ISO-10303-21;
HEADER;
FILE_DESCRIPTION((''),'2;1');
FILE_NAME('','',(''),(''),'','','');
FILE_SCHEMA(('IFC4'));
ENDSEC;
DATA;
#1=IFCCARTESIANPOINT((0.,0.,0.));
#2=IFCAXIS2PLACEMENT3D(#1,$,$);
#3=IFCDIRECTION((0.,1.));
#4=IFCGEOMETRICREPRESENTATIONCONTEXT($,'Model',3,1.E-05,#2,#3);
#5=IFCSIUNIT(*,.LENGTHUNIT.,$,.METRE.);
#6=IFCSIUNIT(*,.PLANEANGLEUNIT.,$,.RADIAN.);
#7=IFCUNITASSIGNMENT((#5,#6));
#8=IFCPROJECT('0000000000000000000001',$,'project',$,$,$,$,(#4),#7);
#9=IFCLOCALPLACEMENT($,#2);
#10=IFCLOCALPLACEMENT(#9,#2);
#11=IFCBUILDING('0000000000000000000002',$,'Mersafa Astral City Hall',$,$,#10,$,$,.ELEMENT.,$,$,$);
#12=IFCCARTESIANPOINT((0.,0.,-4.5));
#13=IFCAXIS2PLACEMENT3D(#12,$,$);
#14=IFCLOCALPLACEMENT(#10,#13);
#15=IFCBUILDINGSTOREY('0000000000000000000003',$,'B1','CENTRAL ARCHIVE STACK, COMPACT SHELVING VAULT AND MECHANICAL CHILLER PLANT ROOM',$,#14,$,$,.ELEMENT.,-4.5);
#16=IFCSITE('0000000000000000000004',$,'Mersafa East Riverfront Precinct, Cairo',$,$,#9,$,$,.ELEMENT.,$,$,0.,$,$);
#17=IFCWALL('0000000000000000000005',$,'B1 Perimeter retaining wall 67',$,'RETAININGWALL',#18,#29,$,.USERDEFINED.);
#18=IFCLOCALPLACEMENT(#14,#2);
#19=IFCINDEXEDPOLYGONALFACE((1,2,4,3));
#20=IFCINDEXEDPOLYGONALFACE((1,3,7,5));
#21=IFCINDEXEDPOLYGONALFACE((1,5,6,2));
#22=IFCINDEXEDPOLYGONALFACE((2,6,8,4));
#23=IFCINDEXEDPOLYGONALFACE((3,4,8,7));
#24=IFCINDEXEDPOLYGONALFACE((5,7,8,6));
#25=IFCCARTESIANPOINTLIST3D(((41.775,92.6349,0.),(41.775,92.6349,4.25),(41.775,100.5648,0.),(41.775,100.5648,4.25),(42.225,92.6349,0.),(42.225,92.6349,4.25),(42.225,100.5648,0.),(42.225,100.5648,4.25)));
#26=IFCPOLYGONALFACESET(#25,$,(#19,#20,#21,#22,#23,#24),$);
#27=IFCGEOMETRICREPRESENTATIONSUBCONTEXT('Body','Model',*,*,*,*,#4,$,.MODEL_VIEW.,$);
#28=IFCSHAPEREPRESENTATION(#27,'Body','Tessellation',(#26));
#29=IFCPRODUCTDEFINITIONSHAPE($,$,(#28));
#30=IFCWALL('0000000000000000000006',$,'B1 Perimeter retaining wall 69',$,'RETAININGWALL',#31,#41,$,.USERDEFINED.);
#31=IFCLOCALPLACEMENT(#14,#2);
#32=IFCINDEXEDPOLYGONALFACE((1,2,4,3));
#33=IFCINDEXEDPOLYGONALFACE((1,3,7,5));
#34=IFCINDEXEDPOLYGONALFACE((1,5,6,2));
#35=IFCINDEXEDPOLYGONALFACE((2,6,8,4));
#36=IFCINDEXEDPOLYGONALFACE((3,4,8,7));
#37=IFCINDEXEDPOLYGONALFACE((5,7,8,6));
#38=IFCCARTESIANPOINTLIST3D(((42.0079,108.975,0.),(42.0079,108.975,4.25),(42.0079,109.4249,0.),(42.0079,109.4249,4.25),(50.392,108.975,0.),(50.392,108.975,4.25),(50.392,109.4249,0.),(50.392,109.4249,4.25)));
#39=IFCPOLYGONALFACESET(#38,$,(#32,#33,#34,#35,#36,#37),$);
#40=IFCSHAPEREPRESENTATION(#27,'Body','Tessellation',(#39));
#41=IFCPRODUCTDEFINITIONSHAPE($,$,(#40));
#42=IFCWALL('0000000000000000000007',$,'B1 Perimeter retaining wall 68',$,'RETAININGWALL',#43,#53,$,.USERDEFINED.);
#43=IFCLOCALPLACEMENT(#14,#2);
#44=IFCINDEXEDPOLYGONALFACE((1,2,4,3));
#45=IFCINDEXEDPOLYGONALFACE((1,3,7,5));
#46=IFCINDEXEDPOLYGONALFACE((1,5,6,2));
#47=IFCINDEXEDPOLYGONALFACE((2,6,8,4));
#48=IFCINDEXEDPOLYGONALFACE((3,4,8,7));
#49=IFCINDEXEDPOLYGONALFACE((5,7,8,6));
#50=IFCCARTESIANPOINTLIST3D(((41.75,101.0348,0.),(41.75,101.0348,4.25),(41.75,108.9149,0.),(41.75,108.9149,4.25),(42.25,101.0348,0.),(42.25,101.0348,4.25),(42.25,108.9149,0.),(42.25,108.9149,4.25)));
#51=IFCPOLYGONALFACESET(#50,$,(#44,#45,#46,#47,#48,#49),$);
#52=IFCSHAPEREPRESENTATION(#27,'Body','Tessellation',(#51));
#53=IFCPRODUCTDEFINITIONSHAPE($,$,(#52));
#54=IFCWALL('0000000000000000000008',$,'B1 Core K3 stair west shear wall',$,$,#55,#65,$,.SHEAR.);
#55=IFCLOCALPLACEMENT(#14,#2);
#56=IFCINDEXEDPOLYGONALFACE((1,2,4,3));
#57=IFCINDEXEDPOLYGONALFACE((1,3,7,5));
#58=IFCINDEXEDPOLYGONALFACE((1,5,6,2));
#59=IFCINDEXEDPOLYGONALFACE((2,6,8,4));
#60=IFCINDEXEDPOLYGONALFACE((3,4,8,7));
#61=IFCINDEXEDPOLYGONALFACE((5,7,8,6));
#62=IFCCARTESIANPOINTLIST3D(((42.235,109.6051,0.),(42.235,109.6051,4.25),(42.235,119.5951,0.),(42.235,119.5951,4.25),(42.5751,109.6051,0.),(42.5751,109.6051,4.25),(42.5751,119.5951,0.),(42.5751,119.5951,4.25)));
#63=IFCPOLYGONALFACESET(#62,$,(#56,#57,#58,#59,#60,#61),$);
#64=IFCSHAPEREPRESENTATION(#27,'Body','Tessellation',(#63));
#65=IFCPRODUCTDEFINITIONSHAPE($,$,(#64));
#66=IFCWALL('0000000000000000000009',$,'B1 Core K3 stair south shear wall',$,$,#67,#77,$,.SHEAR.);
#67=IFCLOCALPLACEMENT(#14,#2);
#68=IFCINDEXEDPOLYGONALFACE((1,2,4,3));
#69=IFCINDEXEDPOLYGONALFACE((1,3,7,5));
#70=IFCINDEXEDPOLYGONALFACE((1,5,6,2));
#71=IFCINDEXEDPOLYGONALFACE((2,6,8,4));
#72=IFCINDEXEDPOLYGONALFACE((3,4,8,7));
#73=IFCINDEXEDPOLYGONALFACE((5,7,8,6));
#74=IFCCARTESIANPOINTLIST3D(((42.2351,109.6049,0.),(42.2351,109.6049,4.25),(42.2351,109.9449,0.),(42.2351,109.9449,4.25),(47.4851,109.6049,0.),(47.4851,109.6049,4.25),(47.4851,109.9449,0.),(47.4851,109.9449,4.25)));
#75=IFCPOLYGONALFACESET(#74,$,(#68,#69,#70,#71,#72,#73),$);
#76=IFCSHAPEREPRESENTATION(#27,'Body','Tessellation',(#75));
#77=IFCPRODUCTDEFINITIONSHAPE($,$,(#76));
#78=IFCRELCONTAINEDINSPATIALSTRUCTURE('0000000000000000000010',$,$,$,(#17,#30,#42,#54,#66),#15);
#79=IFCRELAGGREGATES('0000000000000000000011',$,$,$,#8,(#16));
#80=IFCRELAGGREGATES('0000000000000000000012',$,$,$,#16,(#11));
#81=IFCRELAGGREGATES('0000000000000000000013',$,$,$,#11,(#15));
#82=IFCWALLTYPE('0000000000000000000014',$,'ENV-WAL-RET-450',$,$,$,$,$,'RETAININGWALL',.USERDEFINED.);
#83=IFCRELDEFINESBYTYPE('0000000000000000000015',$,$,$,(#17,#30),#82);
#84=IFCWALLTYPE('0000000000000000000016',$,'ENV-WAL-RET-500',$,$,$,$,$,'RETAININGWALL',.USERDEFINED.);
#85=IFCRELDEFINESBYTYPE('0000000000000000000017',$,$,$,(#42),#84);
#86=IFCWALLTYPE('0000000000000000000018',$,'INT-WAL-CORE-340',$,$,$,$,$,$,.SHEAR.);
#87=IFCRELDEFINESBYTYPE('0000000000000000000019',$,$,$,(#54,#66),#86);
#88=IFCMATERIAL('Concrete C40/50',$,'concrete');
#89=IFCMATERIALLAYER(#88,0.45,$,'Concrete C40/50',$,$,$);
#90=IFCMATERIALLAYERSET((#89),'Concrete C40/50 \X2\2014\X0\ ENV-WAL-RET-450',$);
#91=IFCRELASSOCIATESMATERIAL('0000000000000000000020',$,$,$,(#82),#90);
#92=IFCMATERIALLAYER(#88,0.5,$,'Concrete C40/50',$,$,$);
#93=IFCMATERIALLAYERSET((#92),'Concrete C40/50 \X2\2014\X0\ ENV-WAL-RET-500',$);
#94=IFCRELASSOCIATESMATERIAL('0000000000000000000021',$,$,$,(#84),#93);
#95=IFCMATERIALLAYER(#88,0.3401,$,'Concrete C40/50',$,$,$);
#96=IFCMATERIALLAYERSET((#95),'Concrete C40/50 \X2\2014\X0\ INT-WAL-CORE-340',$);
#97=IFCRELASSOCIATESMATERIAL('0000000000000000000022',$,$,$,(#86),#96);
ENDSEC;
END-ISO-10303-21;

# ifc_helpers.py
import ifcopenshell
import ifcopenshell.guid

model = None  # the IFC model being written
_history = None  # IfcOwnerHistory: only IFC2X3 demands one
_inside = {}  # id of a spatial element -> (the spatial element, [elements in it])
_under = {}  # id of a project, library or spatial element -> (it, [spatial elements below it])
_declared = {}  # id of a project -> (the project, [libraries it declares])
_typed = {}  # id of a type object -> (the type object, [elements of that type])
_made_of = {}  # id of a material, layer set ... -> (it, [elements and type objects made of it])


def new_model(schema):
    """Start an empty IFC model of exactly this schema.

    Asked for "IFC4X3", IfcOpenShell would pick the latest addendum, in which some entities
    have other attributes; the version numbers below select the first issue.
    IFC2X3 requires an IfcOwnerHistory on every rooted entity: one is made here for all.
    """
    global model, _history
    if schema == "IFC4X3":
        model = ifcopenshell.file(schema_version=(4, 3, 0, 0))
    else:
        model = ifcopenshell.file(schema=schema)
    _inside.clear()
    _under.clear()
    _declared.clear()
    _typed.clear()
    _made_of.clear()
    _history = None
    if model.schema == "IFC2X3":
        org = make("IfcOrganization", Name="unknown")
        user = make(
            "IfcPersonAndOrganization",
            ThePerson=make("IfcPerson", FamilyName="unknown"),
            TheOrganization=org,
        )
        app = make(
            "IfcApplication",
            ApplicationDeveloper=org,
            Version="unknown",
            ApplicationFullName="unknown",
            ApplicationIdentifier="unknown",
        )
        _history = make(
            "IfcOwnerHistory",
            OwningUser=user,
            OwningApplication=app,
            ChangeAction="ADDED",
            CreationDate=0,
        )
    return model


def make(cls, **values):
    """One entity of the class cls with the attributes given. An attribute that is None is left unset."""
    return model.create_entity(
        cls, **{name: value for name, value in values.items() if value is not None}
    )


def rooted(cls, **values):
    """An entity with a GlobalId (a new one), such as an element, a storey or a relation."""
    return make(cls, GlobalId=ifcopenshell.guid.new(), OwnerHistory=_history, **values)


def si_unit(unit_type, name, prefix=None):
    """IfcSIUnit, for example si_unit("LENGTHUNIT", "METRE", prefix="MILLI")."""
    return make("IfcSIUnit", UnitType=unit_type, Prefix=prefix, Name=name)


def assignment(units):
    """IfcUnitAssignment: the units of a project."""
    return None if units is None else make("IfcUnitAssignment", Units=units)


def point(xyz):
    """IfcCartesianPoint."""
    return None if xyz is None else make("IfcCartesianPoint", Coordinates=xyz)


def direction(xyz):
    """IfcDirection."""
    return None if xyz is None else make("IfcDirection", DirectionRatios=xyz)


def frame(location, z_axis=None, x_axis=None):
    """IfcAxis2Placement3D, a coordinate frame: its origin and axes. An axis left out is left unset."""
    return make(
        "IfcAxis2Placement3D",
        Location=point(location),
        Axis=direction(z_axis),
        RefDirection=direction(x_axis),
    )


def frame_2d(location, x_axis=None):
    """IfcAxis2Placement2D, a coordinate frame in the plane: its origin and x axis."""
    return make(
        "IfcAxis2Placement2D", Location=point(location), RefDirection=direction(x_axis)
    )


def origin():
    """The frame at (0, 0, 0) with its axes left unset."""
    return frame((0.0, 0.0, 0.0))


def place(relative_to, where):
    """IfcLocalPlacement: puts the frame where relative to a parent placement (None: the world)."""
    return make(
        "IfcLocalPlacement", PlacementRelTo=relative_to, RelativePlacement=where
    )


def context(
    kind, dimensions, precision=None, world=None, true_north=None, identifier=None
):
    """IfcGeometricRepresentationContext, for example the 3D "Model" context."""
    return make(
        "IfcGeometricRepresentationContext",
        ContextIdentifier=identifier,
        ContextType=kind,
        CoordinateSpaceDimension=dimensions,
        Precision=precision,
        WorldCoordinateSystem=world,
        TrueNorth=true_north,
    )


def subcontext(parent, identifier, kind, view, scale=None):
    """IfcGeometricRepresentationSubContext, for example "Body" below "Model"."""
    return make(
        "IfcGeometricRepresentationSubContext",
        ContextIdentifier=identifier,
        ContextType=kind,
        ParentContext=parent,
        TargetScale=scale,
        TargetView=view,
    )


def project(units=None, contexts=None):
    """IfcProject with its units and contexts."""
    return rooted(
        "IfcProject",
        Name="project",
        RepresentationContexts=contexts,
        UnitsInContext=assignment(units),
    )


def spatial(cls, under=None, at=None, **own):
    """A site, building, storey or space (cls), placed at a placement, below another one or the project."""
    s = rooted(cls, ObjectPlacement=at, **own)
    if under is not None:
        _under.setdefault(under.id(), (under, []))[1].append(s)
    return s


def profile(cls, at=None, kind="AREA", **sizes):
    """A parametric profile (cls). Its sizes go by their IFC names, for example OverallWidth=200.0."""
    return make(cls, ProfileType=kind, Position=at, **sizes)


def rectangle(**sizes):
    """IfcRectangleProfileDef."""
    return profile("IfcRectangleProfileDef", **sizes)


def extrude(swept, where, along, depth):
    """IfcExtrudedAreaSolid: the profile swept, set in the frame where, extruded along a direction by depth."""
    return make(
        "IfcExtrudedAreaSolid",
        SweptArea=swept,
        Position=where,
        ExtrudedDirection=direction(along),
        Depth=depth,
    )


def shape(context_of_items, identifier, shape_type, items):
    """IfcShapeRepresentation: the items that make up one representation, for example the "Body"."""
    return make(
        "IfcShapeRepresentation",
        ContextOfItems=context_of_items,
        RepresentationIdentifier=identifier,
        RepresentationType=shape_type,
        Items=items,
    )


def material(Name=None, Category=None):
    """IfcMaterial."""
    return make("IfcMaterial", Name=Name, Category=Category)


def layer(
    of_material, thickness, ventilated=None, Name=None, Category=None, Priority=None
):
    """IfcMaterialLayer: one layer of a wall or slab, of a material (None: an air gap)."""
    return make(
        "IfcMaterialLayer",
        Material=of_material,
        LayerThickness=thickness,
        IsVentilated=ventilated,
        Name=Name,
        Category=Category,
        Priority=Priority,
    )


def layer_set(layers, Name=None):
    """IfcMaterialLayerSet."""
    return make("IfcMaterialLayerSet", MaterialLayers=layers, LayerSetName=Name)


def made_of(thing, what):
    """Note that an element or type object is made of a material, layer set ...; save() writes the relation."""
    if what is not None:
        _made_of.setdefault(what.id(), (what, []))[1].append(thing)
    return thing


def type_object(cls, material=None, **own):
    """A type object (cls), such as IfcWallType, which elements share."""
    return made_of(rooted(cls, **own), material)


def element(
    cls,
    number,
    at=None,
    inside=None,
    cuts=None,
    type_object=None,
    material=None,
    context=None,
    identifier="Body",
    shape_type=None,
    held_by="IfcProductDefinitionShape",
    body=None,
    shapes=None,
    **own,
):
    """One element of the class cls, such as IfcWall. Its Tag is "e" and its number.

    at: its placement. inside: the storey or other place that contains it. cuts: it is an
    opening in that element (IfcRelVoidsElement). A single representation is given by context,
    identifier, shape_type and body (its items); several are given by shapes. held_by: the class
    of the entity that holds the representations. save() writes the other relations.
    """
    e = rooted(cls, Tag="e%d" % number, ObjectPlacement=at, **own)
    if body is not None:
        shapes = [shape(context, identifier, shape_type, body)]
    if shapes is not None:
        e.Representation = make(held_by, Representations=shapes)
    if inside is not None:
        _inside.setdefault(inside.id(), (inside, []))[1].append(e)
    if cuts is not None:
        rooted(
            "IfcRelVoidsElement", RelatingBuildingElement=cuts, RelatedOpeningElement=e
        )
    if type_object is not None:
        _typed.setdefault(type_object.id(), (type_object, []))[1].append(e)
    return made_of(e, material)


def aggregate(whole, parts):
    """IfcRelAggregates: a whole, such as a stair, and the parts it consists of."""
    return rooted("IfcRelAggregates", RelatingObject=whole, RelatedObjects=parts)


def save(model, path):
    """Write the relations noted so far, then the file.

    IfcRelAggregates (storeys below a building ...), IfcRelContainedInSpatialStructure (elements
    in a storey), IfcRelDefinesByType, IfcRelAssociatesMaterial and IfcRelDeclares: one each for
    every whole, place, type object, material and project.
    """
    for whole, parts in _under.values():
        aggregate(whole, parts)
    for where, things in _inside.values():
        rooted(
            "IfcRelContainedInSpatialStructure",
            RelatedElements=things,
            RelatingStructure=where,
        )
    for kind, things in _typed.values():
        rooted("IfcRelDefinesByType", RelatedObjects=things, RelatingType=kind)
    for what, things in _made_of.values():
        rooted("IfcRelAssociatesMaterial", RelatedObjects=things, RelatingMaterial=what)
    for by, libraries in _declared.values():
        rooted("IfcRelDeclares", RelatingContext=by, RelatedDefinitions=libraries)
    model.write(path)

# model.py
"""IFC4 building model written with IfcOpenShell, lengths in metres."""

from ifc_helpers import new_model, si_unit, direction, frame, frame_2d, origin, place, context, subcontext, project, spatial, rectangle, extrude, material, layer, layer_set, type_object, element, save


model = new_model("IFC4")

# Units and contexts
model_context = context("Model", 3, precision=1e-05, world=origin(), true_north=direction((0.0, 1.0)))
body_context = subcontext(model_context, "Body", "Model", "MODEL_VIEW")
ifc_project = project(units=[si_unit("LENGTHUNIT", "METRE"), si_unit("PLANEANGLEUNIT", "RADIAN")], contexts=[model_context])

# Site, building, storey
site_placement = place(None, origin())
site = spatial("IfcSite", under=ifc_project, at=site_placement, Name="Mersafa East Riverfront Precinct, Cairo", CompositionType="ELEMENT", RefElevation=0.0)
building_placement = place(site_placement, origin())
building = spatial("IfcBuilding", under=site, at=building_placement, Name="Mersafa Astral City Hall", CompositionType="ELEMENT")
storey_placement = place(building_placement, frame((0.0, 0.0, -4.5)))
storey = spatial("IfcBuildingStorey", under=building, at=storey_placement, Name="B1", Description="CENTRAL ARCHIVE STACK, COMPACT SHELVING VAULT AND MECHANICAL CHILLER PLANT ROOM", CompositionType="ELEMENT", Elevation=-4.5)

# Shared definitions
ifc_material_1 = material(Name="Concrete C40/50", Category="concrete")

# Walls
ifc_layer_1 = layer(ifc_material_1, 0.45, Name="Concrete C40/50")
ifc_layer_set_1 = layer_set([ifc_layer_1], Name="Concrete C40/50 — ENV-WAL-RET-450")
wall_type_1 = type_object("IfcWallType", Name="ENV-WAL-RET-450", ElementType="RETAININGWALL", PredefinedType="USERDEFINED", material=ifc_layer_set_1)
wall_1_placement = place(storey_placement, frame((42.0, 92.635, 0.0), z_axis=(0.0, 0.0, 1.0), x_axis=(0.0, 1.0, 0.0)))
element("IfcWall", 1, at=wall_1_placement, inside=storey, type_object=wall_type_1, Name="B1 Perimeter retaining wall 67", ObjectType="RETAININGWALL", PredefinedType="USERDEFINED", context=body_context, shape_type="SweptSolid", body=[
    extrude(rectangle(XDim=7.9299, YDim=0.45, at=frame_2d((3.9648, 0.0))), origin(), (0.0, 0.0, 1.0), 4.25),
])
wall_2_placement = place(storey_placement, frame((42.0081, 109.2, 0.0), z_axis=(0.0, 0.0, 1.0), x_axis=(1.0, 0.0, 0.0)))
element("IfcWall", 2, at=wall_2_placement, inside=storey, type_object=wall_type_1, Name="B1 Perimeter retaining wall 69", ObjectType="RETAININGWALL", PredefinedType="USERDEFINED", context=body_context, shape_type="SweptSolid", body=[
    extrude(rectangle(XDim=8.384, YDim=0.45, at=frame_2d((4.1919, 0.0))), origin(), (0.0, 0.0, 1.0), 4.25),
])
ifc_layer_2 = layer(ifc_material_1, 0.5, Name="Concrete C40/50")
ifc_layer_set_2 = layer_set([ifc_layer_2], Name="Concrete C40/50 — ENV-WAL-RET-500")
wall_type_2 = type_object("IfcWallType", Name="ENV-WAL-RET-500", ElementType="RETAININGWALL", PredefinedType="USERDEFINED", material=ifc_layer_set_2)
wall_3_placement = place(storey_placement, frame((42.0, 101.0349, 0.0), z_axis=(0.0, 0.0, 1.0), x_axis=(0.0, 1.0, 0.0)))
element("IfcWall", 3, at=wall_3_placement, inside=storey, type_object=wall_type_2, Name="B1 Perimeter retaining wall 68", ObjectType="RETAININGWALL", PredefinedType="USERDEFINED", context=body_context, shape_type="SweptSolid", body=[
    extrude(rectangle(XDim=7.8801, YDim=0.5, at=frame_2d((3.9399, 0.0))), origin(), (0.0, 0.0, 1.0), 4.25),
])
ifc_layer_3 = layer(ifc_material_1, 0.3401, Name="Concrete C40/50")
ifc_layer_set_3 = layer_set([ifc_layer_3], Name="Concrete C40/50 — INT-WAL-CORE-340")
wall_type_3 = type_object("IfcWallType", Name="INT-WAL-CORE-340", PredefinedType="SHEAR", material=ifc_layer_set_3)
wall_4_placement = place(storey_placement, frame((42.405, 109.605, 0.0), z_axis=(0.0, 0.0, 1.0), x_axis=(0.0, 1.0, 0.0)))
element("IfcWall", 4, at=wall_4_placement, inside=storey, type_object=wall_type_3, Name="B1 Core K3 stair west shear wall", PredefinedType="SHEAR", context=body_context, shape_type="SweptSolid", body=[
    extrude(rectangle(XDim=9.99, YDim=0.3401, at=frame_2d((4.9951, 0.0))), origin(), (0.0, 0.0, 1.0), 4.25),
])
wall_5_placement = place(storey_placement, frame((42.2351, 109.7749, 0.0), z_axis=(0.0, 0.0, 1.0), x_axis=(1.0, 0.0, 0.0)))
element("IfcWall", 5, at=wall_5_placement, inside=storey, type_object=wall_type_3, Name="B1 Core K3 stair south shear wall", PredefinedType="SHEAR", context=body_context, shape_type="SweptSolid", body=[
    extrude(rectangle(XDim=5.25, YDim=0.3401, at=frame_2d((2.625, 0.0))), origin(), (0.0, 0.0, 1.0), 4.25),
])

save(model, "model.ifc")
